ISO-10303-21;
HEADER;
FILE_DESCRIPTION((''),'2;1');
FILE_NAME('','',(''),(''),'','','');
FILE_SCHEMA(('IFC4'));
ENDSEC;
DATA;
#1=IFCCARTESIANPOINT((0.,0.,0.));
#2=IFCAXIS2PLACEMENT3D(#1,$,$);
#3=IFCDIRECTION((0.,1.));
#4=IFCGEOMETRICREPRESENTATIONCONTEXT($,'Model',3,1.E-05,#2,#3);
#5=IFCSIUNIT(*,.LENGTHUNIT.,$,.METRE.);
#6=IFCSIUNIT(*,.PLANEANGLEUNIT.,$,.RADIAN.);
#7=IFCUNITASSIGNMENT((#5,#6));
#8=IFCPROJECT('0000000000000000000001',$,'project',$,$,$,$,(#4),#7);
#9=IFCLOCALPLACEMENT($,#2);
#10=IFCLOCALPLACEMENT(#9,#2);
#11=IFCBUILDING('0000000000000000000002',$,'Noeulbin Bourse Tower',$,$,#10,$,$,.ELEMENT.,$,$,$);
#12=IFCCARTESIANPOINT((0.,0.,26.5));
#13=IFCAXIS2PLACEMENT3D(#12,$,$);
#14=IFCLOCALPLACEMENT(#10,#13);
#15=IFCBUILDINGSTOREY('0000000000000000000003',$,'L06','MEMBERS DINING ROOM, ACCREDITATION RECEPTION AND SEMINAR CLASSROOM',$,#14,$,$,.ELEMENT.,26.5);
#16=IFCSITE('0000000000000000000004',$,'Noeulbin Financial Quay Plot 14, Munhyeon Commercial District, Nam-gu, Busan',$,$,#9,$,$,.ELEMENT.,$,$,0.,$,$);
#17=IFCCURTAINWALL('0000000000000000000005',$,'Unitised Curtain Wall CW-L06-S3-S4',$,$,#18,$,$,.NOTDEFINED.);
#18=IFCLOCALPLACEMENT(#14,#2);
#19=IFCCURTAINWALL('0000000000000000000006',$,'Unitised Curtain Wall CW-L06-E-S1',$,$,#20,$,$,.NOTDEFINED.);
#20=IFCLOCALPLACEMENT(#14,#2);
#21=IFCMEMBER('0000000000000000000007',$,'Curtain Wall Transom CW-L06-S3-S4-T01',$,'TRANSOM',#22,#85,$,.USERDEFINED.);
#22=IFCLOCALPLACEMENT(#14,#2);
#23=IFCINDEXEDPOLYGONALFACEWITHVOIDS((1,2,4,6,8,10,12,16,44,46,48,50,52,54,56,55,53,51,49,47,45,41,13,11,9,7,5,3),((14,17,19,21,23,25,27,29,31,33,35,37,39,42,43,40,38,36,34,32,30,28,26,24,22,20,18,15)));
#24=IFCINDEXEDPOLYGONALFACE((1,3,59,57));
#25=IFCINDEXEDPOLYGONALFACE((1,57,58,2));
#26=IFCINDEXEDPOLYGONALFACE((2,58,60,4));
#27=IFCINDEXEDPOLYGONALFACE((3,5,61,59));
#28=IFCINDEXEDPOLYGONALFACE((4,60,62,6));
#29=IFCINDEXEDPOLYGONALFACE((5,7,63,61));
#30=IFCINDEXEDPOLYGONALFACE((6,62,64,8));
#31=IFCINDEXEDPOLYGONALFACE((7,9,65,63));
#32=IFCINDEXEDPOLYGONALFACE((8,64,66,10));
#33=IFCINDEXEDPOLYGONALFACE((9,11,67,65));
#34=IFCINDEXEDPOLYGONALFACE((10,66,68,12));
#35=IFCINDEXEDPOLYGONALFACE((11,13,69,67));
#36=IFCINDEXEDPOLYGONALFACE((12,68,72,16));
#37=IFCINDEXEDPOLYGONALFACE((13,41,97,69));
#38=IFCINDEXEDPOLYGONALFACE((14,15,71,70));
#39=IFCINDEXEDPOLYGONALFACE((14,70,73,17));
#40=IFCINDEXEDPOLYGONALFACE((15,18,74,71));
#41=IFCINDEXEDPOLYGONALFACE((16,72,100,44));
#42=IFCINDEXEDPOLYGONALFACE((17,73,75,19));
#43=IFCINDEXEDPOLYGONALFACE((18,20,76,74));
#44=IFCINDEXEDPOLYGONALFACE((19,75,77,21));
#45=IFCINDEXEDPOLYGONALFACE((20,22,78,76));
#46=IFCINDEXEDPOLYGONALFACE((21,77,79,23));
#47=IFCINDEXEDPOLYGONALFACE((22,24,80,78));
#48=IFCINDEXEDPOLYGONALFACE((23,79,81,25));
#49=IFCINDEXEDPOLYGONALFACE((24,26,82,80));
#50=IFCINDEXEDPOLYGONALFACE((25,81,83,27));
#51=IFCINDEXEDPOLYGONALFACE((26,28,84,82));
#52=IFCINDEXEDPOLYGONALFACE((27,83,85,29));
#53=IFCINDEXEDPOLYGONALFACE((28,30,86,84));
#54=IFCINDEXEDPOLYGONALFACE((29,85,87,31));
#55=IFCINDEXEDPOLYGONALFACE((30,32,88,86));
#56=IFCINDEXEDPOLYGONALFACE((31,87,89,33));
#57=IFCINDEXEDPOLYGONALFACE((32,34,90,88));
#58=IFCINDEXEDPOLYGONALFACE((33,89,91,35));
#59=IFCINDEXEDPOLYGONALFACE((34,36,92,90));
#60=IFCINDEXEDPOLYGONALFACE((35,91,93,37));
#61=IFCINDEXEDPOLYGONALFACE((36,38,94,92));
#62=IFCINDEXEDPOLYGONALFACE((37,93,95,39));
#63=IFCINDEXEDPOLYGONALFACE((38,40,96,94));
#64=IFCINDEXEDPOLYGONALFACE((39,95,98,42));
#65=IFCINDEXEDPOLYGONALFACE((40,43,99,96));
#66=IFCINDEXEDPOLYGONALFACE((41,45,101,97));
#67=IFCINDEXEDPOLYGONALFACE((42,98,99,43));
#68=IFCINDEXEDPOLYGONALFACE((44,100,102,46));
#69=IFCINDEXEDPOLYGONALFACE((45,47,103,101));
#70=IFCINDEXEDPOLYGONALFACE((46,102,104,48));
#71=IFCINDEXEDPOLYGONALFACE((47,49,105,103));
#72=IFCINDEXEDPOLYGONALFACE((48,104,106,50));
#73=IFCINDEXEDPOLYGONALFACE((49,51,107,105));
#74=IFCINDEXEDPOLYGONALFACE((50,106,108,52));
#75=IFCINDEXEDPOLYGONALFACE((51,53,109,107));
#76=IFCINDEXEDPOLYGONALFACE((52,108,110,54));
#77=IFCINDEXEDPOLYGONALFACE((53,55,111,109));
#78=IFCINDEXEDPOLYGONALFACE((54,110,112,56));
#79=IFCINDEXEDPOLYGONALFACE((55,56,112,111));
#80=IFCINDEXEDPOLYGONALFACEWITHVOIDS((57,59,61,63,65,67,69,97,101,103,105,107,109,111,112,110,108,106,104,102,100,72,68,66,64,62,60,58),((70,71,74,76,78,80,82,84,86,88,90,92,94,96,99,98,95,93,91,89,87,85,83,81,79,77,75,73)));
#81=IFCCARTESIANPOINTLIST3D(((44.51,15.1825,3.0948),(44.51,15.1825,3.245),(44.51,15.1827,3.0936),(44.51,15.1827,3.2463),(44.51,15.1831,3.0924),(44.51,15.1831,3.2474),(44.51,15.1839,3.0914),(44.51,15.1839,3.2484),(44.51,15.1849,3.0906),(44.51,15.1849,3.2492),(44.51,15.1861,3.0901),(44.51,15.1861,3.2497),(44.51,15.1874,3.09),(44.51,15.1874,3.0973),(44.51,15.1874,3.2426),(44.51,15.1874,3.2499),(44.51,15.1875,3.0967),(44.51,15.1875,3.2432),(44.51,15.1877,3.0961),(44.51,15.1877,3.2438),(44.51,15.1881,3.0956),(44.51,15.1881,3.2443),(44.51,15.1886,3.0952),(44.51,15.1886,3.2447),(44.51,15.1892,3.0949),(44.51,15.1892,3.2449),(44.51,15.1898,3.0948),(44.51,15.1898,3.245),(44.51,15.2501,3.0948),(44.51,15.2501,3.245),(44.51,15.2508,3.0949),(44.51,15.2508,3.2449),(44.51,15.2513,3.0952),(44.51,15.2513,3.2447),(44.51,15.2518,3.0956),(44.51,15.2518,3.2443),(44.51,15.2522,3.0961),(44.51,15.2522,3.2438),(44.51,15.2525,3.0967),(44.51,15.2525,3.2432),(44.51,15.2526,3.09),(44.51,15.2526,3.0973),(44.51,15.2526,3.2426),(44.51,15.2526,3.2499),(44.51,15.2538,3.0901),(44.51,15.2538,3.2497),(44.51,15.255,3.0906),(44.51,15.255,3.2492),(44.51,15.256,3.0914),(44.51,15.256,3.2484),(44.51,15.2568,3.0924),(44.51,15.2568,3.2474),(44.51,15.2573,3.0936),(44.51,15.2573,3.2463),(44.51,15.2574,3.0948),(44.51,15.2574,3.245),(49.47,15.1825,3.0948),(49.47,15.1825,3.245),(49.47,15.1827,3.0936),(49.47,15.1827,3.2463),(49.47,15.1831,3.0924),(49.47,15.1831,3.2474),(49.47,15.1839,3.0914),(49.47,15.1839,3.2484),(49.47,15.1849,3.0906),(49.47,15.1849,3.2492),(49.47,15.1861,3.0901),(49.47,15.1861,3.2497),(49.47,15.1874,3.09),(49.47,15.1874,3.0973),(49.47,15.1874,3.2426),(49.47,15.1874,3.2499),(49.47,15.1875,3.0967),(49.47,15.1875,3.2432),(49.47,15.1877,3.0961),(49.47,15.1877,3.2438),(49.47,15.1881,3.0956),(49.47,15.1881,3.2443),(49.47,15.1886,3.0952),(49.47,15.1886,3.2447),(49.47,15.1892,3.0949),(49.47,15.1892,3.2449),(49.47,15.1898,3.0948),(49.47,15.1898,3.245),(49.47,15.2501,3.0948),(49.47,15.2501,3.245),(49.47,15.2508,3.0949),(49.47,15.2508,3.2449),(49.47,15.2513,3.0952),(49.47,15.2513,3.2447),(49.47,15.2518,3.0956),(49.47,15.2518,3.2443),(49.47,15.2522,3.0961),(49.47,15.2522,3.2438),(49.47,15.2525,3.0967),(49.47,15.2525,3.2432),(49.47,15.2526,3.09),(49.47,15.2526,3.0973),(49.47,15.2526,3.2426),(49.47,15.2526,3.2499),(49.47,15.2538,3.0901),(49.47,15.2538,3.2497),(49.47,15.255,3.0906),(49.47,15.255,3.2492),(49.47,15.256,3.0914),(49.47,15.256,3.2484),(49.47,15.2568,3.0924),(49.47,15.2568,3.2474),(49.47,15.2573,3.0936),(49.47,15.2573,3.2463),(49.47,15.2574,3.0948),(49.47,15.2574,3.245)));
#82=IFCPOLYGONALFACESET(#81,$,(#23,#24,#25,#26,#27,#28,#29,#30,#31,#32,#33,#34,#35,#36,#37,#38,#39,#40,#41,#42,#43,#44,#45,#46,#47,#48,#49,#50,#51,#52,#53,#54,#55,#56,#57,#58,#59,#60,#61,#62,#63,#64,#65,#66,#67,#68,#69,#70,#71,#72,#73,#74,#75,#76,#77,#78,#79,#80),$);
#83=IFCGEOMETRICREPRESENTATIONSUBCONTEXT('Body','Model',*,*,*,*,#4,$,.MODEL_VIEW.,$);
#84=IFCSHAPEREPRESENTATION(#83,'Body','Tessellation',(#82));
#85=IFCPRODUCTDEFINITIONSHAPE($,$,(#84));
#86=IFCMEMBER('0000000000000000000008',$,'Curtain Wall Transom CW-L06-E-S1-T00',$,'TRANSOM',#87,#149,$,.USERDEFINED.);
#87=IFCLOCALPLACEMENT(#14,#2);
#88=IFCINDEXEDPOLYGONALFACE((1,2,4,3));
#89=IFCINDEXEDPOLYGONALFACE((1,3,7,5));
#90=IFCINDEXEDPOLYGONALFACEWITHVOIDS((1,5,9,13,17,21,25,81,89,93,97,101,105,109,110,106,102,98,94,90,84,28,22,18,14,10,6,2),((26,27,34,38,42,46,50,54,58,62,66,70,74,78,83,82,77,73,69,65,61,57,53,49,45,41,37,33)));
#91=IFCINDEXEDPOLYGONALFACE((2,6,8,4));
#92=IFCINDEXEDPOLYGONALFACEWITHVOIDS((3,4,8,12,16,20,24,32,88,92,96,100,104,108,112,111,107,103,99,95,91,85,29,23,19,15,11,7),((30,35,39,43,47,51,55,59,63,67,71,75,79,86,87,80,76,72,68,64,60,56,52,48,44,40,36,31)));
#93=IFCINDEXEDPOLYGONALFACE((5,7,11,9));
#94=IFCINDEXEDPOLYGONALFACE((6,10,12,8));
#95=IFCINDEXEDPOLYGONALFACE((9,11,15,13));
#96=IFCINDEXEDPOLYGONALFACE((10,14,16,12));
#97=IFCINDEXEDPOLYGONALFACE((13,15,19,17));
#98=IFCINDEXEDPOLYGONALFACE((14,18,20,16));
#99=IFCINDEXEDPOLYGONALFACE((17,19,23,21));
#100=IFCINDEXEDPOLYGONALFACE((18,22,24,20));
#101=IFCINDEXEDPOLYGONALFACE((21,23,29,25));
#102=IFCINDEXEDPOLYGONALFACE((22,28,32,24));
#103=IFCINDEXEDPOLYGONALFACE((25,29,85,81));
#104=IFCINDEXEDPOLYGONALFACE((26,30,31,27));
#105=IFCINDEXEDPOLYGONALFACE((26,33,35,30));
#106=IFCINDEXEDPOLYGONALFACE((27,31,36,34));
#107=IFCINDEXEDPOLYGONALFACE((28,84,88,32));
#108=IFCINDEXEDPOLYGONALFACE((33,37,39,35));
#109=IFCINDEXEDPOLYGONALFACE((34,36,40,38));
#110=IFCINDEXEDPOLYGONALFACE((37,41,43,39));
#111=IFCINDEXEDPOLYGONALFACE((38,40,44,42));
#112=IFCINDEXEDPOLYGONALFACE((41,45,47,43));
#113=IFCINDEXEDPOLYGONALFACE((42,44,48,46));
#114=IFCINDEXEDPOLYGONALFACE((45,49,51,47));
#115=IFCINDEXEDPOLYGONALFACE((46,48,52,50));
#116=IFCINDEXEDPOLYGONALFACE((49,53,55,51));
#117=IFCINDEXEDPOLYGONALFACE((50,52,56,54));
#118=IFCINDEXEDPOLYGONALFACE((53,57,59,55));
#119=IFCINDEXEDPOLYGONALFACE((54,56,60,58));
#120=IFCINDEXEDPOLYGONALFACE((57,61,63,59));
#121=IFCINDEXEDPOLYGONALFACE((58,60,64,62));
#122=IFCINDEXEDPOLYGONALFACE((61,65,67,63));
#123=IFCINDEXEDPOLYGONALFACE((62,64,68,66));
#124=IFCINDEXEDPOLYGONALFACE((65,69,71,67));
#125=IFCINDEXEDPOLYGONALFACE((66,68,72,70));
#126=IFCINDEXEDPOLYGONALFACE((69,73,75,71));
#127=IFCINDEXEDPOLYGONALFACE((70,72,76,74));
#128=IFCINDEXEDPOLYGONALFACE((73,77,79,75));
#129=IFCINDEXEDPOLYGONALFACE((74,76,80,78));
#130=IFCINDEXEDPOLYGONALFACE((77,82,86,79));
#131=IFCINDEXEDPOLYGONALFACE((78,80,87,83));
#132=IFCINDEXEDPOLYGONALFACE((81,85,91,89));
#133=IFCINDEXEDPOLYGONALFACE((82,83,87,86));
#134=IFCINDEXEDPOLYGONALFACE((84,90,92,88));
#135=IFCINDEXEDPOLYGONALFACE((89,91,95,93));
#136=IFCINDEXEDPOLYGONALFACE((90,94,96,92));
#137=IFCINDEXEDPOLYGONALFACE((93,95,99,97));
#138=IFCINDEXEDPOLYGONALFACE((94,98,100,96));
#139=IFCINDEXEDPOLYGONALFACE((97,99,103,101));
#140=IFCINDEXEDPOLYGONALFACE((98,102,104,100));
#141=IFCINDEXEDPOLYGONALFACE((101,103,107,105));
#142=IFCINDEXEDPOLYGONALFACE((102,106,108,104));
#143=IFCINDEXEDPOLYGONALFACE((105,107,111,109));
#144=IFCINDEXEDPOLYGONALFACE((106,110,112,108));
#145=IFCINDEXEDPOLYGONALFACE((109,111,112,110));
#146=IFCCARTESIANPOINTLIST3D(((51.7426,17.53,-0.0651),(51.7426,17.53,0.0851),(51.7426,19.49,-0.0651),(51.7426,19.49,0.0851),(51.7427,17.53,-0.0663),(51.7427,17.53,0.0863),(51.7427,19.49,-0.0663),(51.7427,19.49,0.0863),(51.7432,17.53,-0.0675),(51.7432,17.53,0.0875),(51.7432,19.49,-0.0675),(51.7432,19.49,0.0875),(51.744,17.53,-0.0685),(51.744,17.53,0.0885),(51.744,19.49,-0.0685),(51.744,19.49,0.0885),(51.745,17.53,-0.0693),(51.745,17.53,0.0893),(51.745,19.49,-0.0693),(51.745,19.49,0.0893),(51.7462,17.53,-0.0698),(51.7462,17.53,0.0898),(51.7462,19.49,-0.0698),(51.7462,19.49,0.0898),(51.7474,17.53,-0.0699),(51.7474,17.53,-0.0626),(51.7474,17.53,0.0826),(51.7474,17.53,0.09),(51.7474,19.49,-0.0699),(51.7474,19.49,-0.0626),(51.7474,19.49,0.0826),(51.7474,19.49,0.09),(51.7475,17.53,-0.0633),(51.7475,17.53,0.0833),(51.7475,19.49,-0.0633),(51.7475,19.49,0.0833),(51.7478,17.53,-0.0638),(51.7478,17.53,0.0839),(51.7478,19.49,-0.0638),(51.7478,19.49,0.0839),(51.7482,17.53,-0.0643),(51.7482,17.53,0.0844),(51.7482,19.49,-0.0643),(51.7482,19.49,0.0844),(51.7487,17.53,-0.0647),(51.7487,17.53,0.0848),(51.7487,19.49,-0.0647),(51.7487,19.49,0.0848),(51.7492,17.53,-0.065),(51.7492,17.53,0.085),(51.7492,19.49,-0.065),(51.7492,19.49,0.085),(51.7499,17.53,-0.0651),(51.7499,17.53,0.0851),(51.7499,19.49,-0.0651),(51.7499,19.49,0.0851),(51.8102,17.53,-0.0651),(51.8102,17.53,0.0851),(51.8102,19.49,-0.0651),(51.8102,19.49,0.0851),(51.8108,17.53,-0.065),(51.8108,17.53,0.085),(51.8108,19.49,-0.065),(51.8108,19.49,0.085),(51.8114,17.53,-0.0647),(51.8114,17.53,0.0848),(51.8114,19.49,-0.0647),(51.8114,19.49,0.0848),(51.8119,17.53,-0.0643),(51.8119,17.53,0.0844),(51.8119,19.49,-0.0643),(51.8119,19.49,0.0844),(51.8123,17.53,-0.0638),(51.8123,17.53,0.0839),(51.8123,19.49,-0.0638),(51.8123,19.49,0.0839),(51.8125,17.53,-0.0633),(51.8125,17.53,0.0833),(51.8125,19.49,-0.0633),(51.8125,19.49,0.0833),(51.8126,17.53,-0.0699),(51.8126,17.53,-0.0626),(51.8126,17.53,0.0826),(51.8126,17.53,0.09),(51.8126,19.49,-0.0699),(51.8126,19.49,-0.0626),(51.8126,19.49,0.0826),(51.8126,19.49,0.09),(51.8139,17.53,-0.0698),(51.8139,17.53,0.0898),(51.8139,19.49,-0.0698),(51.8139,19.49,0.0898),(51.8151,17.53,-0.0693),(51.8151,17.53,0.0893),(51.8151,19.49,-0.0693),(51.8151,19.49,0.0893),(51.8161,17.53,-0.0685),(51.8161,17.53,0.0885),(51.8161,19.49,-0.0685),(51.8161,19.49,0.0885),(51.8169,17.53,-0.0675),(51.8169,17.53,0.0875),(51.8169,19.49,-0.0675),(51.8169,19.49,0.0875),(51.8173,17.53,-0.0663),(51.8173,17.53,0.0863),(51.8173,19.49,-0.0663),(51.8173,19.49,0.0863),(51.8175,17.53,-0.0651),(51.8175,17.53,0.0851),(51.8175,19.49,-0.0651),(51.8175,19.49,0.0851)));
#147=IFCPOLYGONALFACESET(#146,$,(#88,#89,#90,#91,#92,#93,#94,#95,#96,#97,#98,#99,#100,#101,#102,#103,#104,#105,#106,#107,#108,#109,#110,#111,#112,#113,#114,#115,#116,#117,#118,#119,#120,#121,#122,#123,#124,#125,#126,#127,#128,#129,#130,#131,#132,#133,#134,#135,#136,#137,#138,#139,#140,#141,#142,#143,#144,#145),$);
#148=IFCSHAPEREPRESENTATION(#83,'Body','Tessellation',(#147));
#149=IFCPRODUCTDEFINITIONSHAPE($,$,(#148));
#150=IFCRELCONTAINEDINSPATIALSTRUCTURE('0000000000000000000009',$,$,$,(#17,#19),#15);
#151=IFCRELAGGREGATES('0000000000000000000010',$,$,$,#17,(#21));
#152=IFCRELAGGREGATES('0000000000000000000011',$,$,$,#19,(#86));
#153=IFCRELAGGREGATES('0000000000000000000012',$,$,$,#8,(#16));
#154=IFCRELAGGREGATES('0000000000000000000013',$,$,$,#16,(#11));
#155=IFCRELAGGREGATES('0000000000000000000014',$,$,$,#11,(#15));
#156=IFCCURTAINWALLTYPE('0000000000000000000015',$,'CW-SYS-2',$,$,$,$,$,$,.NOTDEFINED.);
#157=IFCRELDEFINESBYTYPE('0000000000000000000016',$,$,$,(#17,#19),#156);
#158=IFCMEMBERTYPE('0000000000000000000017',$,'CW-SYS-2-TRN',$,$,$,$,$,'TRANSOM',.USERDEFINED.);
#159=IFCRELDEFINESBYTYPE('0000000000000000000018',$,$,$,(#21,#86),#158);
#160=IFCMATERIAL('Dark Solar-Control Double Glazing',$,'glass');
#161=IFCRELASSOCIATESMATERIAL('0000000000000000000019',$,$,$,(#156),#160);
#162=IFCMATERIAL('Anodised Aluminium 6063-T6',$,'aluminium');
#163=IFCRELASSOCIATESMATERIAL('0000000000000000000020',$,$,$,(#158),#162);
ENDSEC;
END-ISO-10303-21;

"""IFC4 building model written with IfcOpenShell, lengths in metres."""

from ifc_helpers import new_model, si_unit, direction, frame, origin, origin_2d, place, context, subcontext, project, spatial, hollow_rectangle, extrude, material, material_profile, profile_set, type_object, element, aggregate, save


model = new_model("IFC4")

# Units and contexts
model_context = context("Model", 3, precision=1e-05, world=origin(), true_north=direction((0.0, 1.0)))
body_context = subcontext(model_context, "Body", "Model", "MODEL_VIEW")
ifc_project = project(units=[si_unit("LENGTHUNIT", "METRE"), si_unit("PLANEANGLEUNIT", "RADIAN")], contexts=[model_context])

# Site, building, storey
site_placement = place(None, origin())
site = spatial("IfcSite", under=ifc_project, at=site_placement, Name="Noeulbin Financial Quay Plot 14, Munhyeon Commercial District, Nam-gu, Busan", CompositionType="ELEMENT", RefElevation=0.0)
building_placement = place(site_placement, origin())
building = spatial("IfcBuilding", under=site, at=building_placement, Name="Noeulbin Bourse Tower", CompositionType="ELEMENT")
storey_placement = place(building_placement, frame((0.0, 0.0, 26.5)))
storey = spatial("IfcBuildingStorey", under=building, at=storey_placement, Name="L06", Description="MEMBERS DINING ROOM, ACCREDITATION RECEPTION AND SEMINAR CLASSROOM", CompositionType="ELEMENT", Elevation=26.5)

# Shared definitions
ifc_material_1 = material(Name="Dark Solar-Control Double Glazing", Category="glass")
curtain_wall_type = type_object("IfcCurtainWallType", Name="CW-SYS-2", PredefinedType="NOTDEFINED", material=ifc_material_1)
ifc_material_2 = material(Name="Anodised Aluminium 6063-T6", Category="aluminium")

# Curtain walls
curtain_wall_1_placement = place(storey_placement, origin())
curtain_wall_1 = element("IfcCurtainWall", 1, at=curtain_wall_1_placement, inside=storey, type_object=curtain_wall_type, Name="Unitised Curtain Wall CW-L06-S3-S4", PredefinedType="NOTDEFINED")
curtain_wall_2_placement = place(storey_placement, origin())
curtain_wall_2 = element("IfcCurtainWall", 2, at=curtain_wall_2_placement, inside=storey, type_object=curtain_wall_type, Name="Unitised Curtain Wall CW-L06-E-S1", PredefinedType="NOTDEFINED")

# Members
ifc_material_profile_1 = material_profile(ifc_material_2, hollow_rectangle(XDim=0.075, YDim=0.1599, WallThickness=0.0049, InnerFilletRadius=0.0024, OuterFilletRadius=0.0049, at=origin_2d()), Name="ALU-TRAN-75x160x5", Category="LoadBearing")
ifc_profile_set_1 = profile_set([ifc_material_profile_1], Name="Anodised Aluminium 6063-T6")
member_type_1 = type_object("IfcMemberType", Name="CW-SYS-2-TRN", ElementType="TRANSOM", PredefinedType="USERDEFINED", material=ifc_profile_set_1)
member_1_placement = place(storey_placement, frame((44.51, 15.22, 3.1699), z_axis=(1.0, 0.0, 0.0), x_axis=(0.0, 1.0, 0.0)))
member_1 = element("IfcMember", 3, at=member_1_placement, type_object=member_type_1, Name="Curtain Wall Transom CW-L06-S3-S4-T01", ObjectType="TRANSOM", PredefinedType="USERDEFINED", context=body_context, shape_type="SweptSolid", body=[
    extrude(hollow_rectangle(XDim=0.075, YDim=0.1599, WallThickness=0.0049, InnerFilletRadius=0.0024, OuterFilletRadius=0.0049, at=origin_2d()), origin(), (0.0, 0.0, 1.0), 4.96),
])
member_2_placement = place(storey_placement, frame((51.78, 17.53, 0.01), z_axis=(0.0, 1.0, 0.0), x_axis=(-1.0, 0.0, 0.0)))
member_2 = element("IfcMember", 4, at=member_2_placement, type_object=member_type_1, Name="Curtain Wall Transom CW-L06-E-S1-T00", ObjectType="TRANSOM", PredefinedType="USERDEFINED", context=body_context, shape_type="SweptSolid", body=[
    extrude(hollow_rectangle(XDim=0.075, YDim=0.1599, WallThickness=0.0049, InnerFilletRadius=0.0024, OuterFilletRadius=0.0049, at=origin_2d()), origin(), (0.0, 0.0, 1.0), 1.96),
])

aggregate(curtain_wall_1, [member_1])
aggregate(curtain_wall_2, [member_2])

save(model, "model.ifc")
